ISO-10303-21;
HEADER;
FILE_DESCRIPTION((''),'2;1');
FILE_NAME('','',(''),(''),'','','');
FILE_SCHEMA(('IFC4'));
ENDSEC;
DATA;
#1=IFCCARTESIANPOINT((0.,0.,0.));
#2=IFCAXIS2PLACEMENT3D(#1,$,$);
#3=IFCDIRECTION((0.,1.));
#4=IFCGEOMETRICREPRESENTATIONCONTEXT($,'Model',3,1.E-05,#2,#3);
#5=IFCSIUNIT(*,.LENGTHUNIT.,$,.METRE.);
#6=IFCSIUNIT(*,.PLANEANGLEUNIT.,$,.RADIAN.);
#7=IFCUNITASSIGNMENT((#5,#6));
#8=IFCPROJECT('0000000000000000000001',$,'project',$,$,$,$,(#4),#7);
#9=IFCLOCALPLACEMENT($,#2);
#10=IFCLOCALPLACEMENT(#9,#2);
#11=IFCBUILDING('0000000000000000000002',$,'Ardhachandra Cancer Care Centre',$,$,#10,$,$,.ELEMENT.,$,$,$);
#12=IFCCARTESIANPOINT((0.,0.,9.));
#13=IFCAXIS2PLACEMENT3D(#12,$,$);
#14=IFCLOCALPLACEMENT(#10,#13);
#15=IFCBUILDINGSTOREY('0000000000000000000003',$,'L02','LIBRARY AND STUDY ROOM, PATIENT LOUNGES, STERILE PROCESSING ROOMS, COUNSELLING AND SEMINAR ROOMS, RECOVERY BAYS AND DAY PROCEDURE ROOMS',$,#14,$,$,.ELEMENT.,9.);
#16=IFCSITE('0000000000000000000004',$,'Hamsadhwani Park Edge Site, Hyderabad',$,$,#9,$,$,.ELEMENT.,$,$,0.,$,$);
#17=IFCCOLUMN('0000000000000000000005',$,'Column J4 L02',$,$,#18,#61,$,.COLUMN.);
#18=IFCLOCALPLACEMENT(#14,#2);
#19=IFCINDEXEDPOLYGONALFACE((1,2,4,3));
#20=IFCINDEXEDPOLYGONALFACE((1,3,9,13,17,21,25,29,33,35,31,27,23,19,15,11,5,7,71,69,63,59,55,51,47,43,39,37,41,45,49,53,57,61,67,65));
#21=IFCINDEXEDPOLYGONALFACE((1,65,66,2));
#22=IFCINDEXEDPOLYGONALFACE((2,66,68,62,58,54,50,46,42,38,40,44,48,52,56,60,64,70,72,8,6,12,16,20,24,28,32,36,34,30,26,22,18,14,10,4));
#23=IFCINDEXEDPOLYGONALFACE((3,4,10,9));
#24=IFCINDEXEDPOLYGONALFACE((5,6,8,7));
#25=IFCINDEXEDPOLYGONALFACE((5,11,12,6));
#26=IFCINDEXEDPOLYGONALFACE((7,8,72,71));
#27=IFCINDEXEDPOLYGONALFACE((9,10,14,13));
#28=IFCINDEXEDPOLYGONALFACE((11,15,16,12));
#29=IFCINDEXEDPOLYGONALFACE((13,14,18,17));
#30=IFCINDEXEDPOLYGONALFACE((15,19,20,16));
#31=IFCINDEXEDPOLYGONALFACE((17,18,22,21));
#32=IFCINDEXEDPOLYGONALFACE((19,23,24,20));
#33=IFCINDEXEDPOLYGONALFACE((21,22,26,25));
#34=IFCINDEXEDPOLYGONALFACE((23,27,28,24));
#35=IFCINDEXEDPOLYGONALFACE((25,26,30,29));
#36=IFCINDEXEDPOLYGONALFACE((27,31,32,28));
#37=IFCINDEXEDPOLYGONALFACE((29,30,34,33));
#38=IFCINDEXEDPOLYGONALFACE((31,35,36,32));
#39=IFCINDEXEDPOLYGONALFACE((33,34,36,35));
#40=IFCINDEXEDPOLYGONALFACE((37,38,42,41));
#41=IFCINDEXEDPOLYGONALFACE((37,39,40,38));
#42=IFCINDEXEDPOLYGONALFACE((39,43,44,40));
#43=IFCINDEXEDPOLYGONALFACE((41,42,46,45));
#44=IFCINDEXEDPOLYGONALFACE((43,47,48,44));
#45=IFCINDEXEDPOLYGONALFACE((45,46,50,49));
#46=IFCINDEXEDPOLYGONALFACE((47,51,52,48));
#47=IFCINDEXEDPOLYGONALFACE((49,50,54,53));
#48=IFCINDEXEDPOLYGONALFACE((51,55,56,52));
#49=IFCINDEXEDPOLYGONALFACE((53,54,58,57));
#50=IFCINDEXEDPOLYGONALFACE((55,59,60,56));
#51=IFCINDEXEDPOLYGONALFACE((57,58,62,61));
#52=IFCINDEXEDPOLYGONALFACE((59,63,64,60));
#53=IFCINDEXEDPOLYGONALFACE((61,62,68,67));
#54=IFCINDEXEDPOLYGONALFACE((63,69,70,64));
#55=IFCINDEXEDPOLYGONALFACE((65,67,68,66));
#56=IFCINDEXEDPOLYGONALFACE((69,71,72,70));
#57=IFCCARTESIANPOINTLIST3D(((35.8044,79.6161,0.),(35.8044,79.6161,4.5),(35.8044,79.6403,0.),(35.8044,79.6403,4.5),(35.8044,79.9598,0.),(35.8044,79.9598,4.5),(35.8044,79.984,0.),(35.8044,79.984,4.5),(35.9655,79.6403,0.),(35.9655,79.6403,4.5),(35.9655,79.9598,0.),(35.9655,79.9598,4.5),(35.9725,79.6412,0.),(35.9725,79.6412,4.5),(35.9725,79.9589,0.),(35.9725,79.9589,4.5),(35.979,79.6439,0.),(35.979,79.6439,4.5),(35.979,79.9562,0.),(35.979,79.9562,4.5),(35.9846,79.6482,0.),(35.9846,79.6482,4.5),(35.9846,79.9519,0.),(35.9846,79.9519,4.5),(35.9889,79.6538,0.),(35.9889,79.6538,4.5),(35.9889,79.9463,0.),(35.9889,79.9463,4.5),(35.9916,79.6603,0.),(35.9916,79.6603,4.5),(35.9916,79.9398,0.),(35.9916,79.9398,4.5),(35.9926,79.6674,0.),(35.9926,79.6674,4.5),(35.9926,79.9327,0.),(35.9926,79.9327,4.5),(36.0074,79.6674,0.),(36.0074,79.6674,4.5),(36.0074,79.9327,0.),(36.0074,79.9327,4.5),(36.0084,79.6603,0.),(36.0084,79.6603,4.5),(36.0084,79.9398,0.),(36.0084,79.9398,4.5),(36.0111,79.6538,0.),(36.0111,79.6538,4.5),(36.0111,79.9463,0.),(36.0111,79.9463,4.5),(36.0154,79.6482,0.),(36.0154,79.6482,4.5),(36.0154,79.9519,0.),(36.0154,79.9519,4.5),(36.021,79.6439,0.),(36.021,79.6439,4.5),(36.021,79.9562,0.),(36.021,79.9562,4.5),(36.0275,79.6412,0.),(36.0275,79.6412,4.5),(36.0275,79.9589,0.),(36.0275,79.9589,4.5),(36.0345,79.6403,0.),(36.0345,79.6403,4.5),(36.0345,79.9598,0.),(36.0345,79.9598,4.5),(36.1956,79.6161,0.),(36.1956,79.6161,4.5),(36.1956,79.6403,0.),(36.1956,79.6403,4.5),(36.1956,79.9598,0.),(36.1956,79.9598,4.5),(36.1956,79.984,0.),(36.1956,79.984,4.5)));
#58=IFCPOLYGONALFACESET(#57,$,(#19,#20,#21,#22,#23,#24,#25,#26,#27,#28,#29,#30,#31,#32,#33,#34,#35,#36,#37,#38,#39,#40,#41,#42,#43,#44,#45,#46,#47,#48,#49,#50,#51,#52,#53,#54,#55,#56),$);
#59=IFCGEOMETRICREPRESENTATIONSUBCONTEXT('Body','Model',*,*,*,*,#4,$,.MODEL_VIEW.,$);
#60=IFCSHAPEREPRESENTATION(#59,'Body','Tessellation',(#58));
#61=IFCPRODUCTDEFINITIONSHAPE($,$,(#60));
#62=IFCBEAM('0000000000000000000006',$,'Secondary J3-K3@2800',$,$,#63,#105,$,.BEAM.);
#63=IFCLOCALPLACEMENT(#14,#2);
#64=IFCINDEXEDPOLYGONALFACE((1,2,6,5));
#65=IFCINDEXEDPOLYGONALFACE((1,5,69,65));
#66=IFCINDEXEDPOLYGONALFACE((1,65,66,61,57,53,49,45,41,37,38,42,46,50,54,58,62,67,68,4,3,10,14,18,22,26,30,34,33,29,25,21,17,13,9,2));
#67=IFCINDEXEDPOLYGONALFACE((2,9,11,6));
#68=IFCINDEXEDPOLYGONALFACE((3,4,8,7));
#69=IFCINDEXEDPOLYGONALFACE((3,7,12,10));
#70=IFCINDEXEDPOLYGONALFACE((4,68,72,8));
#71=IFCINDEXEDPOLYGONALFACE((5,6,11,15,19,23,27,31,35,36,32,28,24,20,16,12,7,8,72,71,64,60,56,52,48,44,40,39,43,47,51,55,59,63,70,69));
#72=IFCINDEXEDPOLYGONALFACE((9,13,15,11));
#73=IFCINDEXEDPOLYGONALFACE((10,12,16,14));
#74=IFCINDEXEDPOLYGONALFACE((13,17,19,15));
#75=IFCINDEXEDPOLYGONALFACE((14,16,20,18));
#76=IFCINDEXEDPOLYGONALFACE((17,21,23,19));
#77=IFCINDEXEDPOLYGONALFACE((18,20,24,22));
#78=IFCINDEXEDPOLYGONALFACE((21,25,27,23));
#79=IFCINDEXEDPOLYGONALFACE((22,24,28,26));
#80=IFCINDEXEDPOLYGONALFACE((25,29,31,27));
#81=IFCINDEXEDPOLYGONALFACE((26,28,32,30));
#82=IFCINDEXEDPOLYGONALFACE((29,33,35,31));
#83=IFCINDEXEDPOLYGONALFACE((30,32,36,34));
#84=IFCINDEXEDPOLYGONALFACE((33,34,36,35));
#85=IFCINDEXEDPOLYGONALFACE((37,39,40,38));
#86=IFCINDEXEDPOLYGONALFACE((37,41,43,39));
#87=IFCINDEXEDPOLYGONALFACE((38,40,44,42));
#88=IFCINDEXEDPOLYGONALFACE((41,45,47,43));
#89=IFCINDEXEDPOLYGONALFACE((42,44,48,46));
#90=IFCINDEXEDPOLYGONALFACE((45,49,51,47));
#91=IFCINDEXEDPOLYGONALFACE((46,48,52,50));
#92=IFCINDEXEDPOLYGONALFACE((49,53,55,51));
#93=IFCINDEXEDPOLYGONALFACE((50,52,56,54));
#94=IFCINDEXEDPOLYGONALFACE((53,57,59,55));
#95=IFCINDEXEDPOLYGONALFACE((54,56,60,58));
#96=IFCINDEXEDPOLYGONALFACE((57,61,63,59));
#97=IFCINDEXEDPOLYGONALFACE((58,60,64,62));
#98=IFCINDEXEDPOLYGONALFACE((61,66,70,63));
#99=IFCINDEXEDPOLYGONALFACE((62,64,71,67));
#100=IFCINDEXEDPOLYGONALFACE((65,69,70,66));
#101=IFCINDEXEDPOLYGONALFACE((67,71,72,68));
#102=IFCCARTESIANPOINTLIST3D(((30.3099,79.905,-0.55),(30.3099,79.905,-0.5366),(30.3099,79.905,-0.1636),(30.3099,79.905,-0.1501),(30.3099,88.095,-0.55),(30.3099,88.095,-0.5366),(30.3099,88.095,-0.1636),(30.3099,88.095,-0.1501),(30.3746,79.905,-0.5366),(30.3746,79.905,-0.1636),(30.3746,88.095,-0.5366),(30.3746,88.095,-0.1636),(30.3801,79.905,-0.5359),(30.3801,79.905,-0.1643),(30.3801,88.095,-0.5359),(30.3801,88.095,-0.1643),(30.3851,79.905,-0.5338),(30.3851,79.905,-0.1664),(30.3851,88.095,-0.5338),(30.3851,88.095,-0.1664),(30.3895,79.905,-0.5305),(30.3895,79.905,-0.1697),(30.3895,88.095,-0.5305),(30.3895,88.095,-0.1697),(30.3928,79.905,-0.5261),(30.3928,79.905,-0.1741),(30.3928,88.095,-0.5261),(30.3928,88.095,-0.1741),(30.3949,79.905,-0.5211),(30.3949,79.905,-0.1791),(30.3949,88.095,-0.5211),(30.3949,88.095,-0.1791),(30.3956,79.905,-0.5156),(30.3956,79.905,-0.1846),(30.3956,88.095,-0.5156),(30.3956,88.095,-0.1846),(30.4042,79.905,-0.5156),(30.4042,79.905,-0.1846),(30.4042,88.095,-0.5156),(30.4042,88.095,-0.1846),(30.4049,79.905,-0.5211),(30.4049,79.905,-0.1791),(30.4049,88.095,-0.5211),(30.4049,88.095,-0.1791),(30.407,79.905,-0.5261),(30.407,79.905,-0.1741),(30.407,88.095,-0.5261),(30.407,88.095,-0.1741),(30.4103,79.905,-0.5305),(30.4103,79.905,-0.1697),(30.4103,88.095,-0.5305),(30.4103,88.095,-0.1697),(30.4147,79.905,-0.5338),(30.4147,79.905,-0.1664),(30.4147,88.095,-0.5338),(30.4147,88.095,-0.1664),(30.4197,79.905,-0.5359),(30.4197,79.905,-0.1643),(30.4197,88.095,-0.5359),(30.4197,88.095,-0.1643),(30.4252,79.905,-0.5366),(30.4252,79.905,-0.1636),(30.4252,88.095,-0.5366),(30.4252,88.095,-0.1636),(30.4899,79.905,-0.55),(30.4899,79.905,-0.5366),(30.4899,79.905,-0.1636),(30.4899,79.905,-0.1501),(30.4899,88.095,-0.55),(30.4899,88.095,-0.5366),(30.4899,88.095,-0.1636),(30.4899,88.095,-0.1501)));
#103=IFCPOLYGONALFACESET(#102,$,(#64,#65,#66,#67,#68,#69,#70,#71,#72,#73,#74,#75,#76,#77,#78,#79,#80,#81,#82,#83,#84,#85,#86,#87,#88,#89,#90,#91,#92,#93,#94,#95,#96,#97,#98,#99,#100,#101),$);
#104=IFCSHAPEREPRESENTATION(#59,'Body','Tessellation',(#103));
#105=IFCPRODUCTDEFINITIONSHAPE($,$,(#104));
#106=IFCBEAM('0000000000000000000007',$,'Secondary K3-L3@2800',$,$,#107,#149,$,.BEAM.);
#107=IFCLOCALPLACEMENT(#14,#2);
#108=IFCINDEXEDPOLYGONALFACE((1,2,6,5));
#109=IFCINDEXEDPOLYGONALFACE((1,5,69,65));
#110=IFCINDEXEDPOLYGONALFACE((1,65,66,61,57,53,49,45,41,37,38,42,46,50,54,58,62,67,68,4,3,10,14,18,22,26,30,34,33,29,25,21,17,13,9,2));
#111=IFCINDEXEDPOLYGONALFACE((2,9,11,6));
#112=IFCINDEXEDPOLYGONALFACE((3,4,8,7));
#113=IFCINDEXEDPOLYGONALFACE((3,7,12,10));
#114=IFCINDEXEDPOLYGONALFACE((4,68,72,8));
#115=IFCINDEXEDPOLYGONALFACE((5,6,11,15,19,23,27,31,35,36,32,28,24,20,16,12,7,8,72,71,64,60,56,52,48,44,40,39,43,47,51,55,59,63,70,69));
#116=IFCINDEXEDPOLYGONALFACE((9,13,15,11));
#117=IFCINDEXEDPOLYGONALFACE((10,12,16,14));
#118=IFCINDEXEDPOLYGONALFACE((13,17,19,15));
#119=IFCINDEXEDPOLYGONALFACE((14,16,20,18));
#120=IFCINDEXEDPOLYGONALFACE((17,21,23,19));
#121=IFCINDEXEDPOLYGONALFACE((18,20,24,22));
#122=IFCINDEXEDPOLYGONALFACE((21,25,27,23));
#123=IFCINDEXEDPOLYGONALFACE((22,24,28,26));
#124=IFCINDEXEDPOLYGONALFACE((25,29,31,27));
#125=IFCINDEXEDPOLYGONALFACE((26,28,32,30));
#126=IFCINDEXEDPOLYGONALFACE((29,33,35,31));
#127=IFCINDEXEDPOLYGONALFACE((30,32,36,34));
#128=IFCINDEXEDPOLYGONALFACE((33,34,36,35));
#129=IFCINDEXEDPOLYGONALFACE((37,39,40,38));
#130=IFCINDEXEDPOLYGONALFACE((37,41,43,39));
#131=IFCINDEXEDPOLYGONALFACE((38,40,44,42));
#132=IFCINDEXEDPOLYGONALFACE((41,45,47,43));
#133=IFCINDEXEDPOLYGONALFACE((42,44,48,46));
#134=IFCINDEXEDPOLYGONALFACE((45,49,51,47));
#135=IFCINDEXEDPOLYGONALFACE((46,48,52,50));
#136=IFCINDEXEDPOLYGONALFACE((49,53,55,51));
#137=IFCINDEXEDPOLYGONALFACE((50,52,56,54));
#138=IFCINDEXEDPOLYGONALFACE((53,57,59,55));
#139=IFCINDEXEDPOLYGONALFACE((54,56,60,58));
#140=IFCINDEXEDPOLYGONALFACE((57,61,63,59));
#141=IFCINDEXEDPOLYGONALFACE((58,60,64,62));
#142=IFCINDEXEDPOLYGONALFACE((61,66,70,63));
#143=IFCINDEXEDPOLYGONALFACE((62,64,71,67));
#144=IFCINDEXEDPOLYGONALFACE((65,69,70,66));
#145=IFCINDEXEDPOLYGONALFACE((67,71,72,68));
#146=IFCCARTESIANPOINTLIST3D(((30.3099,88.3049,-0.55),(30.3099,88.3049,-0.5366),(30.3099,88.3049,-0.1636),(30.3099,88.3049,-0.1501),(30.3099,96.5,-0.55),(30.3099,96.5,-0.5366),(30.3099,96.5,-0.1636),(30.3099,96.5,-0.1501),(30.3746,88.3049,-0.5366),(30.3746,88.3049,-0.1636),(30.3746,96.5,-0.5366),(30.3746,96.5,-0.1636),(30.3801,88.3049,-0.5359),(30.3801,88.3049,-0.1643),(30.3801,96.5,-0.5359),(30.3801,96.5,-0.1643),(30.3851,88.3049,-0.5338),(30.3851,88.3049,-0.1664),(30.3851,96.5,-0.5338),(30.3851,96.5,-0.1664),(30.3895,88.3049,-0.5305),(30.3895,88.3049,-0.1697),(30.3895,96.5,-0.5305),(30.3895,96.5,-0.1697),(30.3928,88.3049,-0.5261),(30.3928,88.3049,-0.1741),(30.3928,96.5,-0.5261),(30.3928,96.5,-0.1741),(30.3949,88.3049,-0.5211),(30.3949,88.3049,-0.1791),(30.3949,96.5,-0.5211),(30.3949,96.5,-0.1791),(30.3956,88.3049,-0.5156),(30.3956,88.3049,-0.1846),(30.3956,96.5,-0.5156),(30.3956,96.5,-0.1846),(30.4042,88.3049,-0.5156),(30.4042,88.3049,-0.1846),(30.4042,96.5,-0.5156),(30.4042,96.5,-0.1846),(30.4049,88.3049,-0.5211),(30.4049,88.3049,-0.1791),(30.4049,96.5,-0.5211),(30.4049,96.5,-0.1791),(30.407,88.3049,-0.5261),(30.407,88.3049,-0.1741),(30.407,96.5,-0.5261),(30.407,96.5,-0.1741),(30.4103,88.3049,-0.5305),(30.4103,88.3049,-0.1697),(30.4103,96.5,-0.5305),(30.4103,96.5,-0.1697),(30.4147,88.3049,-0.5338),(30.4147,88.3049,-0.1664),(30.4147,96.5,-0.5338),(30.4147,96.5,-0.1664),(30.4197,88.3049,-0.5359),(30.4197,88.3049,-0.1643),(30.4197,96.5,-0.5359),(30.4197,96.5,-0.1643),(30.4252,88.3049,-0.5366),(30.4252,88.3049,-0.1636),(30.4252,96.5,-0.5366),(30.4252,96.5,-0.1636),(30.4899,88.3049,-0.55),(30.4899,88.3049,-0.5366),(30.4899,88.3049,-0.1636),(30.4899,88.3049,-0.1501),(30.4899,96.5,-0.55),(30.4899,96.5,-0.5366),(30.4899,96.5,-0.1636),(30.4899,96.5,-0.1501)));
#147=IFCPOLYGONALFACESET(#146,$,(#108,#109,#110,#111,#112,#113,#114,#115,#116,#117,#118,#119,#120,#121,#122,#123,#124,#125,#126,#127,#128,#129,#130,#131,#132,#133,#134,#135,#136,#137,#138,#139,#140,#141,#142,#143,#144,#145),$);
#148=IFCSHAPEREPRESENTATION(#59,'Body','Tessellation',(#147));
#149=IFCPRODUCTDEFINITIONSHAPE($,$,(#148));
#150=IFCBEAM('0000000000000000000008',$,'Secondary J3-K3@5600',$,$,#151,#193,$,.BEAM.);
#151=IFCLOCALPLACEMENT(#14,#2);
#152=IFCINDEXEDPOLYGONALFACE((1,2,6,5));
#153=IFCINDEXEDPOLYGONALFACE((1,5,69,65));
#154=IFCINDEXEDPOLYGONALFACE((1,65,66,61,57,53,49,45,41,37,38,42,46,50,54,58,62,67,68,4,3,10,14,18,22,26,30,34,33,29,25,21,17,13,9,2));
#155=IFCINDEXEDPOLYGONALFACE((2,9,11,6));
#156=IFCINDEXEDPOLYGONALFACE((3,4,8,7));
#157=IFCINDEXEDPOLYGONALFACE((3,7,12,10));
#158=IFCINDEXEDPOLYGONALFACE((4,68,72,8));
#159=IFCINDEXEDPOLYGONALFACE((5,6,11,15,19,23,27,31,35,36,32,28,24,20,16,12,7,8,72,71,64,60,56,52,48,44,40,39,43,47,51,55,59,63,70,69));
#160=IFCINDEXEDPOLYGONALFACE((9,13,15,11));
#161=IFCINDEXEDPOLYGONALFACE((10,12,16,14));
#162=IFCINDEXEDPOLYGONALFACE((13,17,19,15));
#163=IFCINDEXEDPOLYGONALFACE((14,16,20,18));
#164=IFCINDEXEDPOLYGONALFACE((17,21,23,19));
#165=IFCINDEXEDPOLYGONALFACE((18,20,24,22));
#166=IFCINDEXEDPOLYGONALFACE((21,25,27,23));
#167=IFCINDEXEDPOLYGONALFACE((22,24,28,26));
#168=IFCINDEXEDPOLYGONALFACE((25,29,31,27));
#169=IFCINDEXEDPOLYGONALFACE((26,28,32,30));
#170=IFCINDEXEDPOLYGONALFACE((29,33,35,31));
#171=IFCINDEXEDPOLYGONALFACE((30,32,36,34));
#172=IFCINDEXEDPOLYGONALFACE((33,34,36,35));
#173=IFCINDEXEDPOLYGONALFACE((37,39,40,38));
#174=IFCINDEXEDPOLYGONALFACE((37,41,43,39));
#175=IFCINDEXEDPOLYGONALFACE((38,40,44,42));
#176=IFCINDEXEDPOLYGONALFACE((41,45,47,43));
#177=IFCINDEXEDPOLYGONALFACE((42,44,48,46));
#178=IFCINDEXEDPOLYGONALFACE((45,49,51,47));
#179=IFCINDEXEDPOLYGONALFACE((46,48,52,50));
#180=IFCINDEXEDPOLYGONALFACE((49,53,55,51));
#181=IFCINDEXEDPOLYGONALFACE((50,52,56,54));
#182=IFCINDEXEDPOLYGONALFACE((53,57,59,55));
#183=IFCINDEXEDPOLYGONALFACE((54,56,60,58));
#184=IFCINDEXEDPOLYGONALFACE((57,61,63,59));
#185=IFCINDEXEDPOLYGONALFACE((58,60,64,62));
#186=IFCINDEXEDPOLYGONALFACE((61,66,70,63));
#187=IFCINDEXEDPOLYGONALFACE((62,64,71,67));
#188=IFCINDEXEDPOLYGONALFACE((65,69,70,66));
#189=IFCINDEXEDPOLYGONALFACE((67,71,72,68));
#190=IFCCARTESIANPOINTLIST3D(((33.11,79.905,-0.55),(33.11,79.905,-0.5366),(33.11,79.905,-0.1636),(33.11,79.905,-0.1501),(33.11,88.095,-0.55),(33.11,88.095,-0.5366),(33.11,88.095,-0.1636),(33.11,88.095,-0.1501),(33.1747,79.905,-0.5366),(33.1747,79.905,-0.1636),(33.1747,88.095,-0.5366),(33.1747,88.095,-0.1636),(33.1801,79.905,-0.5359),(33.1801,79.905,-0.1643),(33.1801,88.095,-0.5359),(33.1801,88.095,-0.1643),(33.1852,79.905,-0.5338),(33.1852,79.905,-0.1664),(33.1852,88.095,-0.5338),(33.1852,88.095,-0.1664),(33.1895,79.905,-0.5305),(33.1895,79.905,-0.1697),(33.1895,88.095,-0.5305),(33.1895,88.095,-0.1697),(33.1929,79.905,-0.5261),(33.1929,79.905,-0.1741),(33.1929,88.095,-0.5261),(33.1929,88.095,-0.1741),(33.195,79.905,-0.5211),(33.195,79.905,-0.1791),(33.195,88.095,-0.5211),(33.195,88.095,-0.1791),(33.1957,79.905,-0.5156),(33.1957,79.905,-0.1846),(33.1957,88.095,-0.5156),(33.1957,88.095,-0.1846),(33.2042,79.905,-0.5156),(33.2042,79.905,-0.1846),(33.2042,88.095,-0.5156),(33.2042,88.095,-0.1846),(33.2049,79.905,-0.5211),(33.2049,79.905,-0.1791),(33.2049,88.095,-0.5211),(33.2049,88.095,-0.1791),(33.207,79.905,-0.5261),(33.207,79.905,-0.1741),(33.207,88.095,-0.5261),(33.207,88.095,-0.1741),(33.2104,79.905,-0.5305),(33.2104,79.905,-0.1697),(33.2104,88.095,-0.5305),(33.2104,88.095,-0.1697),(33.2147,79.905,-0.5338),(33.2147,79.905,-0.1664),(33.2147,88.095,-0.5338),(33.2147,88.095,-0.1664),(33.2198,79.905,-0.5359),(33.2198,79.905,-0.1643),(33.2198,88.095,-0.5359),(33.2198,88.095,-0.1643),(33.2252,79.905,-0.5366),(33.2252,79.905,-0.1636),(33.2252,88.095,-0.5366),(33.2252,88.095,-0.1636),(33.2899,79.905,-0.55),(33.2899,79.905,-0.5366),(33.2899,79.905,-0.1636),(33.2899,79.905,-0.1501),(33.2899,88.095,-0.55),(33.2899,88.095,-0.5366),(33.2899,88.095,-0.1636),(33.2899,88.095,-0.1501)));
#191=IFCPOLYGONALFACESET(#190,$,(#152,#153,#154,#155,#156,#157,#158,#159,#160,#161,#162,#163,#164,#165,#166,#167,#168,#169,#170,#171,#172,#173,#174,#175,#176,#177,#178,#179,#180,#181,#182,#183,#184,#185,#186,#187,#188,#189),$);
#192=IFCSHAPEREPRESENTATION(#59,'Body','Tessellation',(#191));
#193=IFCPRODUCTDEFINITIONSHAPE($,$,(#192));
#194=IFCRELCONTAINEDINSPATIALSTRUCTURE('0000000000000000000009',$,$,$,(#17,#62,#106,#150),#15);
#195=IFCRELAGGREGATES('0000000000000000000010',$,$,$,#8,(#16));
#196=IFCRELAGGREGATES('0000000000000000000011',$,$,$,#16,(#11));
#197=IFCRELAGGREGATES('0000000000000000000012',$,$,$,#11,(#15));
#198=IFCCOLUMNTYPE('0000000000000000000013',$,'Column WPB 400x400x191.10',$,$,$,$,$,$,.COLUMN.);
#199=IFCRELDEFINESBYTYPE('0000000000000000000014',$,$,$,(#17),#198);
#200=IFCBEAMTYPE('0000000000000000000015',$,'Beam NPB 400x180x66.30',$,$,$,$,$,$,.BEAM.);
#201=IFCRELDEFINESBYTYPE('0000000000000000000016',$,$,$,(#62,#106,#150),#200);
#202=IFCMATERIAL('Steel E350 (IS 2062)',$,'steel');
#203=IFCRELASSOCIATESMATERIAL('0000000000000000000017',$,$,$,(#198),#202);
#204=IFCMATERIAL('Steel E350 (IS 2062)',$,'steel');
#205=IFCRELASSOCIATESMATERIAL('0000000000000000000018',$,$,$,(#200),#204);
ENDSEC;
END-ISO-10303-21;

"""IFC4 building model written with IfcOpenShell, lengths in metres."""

from ifc_helpers import new_model, si_unit, direction, frame, origin, origin_2d, place, context, subcontext, project, spatial, i_section, extrude, material, material_profile, profile_set, type_object, element, save


model = new_model("IFC4")

# Units and contexts
model_context = context("Model", 3, precision=1e-05, world=origin(), true_north=direction((0.0, 1.0)))
body_context = subcontext(model_context, "Body", "Model", "MODEL_VIEW")
ifc_project = project(units=[si_unit("LENGTHUNIT", "METRE"), si_unit("PLANEANGLEUNIT", "RADIAN")], contexts=[model_context])

# Site, building, storey
site_placement = place(None, origin())
site = spatial("IfcSite", under=ifc_project, at=site_placement, Name="Hamsadhwani Park Edge Site, Hyderabad", CompositionType="ELEMENT", RefElevation=0.0)
building_placement = place(site_placement, origin())
building = spatial("IfcBuilding", under=site, at=building_placement, Name="Ardhachandra Cancer Care Centre", CompositionType="ELEMENT")
storey_placement = place(building_placement, frame((0.0, 0.0, 9.0)))
storey = spatial("IfcBuildingStorey", under=building, at=storey_placement, Name="L02", Description="LIBRARY AND STUDY ROOM, PATIENT LOUNGES, STERILE PROCESSING ROOMS, COUNSELLING AND SEMINAR ROOMS, RECOVERY BAYS AND DAY PROCEDURE ROOMS", CompositionType="ELEMENT", Elevation=9.0)

# Column
ifc_material_1 = material(Name="Steel E350 (IS 2062)", Category="steel")
ifc_material_profile_1 = material_profile(ifc_material_1, i_section(OverallWidth=0.3911, OverallDepth=0.3679, WebThickness=0.0149, FlangeThickness=0.0242, FilletRadius=0.0271, at=origin_2d()), Name="WPB 400x400x191.10")
ifc_profile_set_1 = profile_set([ifc_material_profile_1], Name="Steel E350 (IS 2062)")
column_type = type_object("IfcColumnType", Name="Column WPB 400x400x191.10", PredefinedType="COLUMN", material=ifc_profile_set_1)
column_placement = place(storey_placement, frame((36.0, 79.8, 0.0), z_axis=(0.0, 0.0, 1.0), x_axis=(1.0, 0.0, 0.0)))
element("IfcColumn", 1, at=column_placement, inside=storey, type_object=column_type, Name="Column J4 L02", PredefinedType="COLUMN", context=body_context, shape_type="SweptSolid", body=[
    extrude(i_section(OverallWidth=0.3911, OverallDepth=0.3679, WebThickness=0.0149, FlangeThickness=0.0242, FilletRadius=0.0271, at=origin_2d()), origin(), (0.0, 0.0, 1.0), 4.5),
])

# Beams
ifc_material_2 = material(Name="Steel E350 (IS 2062)", Category="steel")
ifc_material_profile_2 = material_profile(ifc_material_2, i_section(OverallWidth=0.1799, OverallDepth=0.3999, WebThickness=0.0085, FlangeThickness=0.0134, FilletRadius=0.021, at=origin_2d()), Name="NPB 400x180x66.30")
ifc_profile_set_2 = profile_set([ifc_material_profile_2], Name="Steel E350 (IS 2062)")
beam_type_1 = type_object("IfcBeamType", Name="Beam NPB 400x180x66.30", PredefinedType="BEAM", material=ifc_profile_set_2)
beam_1_placement = place(storey_placement, frame((30.3999, 79.905, -0.3501), z_axis=(0.0, 1.0, 0.0), x_axis=(-1.0, 0.0, 0.0)))
element("IfcBeam", 2, at=beam_1_placement, inside=storey, type_object=beam_type_1, Name="Secondary J3-K3@2800", PredefinedType="BEAM", context=body_context, shape_type="SweptSolid", body=[
    extrude(i_section(OverallWidth=0.1799, OverallDepth=0.3999, WebThickness=0.0085, FlangeThickness=0.0134, FilletRadius=0.021, at=origin_2d()), origin(), (0.0, 0.0, 1.0), 8.1899),
])
beam_2_placement = place(storey_placement, frame((30.3999, 88.3049, -0.3501), z_axis=(0.0, 1.0, 0.0), x_axis=(-1.0, 0.0, 0.0)))
element("IfcBeam", 3, at=beam_2_placement, inside=storey, type_object=beam_type_1, Name="Secondary K3-L3@2800", PredefinedType="BEAM", context=body_context, shape_type="SweptSolid", body=[
    extrude(i_section(OverallWidth=0.1799, OverallDepth=0.3999, WebThickness=0.0085, FlangeThickness=0.0134, FilletRadius=0.021, at=origin_2d()), origin(), (0.0, 0.0, 1.0), 8.1951),
])
beam_3_placement = place(storey_placement, frame((33.2, 79.905, -0.3501), z_axis=(0.0, 1.0, 0.0), x_axis=(-1.0, 0.0, 0.0)))
element("IfcBeam", 4, at=beam_3_placement, inside=storey, type_object=beam_type_1, Name="Secondary J3-K3@5600", PredefinedType="BEAM", context=body_context, shape_type="SweptSolid", body=[
    extrude(i_section(OverallWidth=0.1799, OverallDepth=0.3999, WebThickness=0.0085, FlangeThickness=0.0134, FilletRadius=0.021, at=origin_2d()), origin(), (0.0, 0.0, 1.0), 8.1899),
])

save(model, "model.ifc")
